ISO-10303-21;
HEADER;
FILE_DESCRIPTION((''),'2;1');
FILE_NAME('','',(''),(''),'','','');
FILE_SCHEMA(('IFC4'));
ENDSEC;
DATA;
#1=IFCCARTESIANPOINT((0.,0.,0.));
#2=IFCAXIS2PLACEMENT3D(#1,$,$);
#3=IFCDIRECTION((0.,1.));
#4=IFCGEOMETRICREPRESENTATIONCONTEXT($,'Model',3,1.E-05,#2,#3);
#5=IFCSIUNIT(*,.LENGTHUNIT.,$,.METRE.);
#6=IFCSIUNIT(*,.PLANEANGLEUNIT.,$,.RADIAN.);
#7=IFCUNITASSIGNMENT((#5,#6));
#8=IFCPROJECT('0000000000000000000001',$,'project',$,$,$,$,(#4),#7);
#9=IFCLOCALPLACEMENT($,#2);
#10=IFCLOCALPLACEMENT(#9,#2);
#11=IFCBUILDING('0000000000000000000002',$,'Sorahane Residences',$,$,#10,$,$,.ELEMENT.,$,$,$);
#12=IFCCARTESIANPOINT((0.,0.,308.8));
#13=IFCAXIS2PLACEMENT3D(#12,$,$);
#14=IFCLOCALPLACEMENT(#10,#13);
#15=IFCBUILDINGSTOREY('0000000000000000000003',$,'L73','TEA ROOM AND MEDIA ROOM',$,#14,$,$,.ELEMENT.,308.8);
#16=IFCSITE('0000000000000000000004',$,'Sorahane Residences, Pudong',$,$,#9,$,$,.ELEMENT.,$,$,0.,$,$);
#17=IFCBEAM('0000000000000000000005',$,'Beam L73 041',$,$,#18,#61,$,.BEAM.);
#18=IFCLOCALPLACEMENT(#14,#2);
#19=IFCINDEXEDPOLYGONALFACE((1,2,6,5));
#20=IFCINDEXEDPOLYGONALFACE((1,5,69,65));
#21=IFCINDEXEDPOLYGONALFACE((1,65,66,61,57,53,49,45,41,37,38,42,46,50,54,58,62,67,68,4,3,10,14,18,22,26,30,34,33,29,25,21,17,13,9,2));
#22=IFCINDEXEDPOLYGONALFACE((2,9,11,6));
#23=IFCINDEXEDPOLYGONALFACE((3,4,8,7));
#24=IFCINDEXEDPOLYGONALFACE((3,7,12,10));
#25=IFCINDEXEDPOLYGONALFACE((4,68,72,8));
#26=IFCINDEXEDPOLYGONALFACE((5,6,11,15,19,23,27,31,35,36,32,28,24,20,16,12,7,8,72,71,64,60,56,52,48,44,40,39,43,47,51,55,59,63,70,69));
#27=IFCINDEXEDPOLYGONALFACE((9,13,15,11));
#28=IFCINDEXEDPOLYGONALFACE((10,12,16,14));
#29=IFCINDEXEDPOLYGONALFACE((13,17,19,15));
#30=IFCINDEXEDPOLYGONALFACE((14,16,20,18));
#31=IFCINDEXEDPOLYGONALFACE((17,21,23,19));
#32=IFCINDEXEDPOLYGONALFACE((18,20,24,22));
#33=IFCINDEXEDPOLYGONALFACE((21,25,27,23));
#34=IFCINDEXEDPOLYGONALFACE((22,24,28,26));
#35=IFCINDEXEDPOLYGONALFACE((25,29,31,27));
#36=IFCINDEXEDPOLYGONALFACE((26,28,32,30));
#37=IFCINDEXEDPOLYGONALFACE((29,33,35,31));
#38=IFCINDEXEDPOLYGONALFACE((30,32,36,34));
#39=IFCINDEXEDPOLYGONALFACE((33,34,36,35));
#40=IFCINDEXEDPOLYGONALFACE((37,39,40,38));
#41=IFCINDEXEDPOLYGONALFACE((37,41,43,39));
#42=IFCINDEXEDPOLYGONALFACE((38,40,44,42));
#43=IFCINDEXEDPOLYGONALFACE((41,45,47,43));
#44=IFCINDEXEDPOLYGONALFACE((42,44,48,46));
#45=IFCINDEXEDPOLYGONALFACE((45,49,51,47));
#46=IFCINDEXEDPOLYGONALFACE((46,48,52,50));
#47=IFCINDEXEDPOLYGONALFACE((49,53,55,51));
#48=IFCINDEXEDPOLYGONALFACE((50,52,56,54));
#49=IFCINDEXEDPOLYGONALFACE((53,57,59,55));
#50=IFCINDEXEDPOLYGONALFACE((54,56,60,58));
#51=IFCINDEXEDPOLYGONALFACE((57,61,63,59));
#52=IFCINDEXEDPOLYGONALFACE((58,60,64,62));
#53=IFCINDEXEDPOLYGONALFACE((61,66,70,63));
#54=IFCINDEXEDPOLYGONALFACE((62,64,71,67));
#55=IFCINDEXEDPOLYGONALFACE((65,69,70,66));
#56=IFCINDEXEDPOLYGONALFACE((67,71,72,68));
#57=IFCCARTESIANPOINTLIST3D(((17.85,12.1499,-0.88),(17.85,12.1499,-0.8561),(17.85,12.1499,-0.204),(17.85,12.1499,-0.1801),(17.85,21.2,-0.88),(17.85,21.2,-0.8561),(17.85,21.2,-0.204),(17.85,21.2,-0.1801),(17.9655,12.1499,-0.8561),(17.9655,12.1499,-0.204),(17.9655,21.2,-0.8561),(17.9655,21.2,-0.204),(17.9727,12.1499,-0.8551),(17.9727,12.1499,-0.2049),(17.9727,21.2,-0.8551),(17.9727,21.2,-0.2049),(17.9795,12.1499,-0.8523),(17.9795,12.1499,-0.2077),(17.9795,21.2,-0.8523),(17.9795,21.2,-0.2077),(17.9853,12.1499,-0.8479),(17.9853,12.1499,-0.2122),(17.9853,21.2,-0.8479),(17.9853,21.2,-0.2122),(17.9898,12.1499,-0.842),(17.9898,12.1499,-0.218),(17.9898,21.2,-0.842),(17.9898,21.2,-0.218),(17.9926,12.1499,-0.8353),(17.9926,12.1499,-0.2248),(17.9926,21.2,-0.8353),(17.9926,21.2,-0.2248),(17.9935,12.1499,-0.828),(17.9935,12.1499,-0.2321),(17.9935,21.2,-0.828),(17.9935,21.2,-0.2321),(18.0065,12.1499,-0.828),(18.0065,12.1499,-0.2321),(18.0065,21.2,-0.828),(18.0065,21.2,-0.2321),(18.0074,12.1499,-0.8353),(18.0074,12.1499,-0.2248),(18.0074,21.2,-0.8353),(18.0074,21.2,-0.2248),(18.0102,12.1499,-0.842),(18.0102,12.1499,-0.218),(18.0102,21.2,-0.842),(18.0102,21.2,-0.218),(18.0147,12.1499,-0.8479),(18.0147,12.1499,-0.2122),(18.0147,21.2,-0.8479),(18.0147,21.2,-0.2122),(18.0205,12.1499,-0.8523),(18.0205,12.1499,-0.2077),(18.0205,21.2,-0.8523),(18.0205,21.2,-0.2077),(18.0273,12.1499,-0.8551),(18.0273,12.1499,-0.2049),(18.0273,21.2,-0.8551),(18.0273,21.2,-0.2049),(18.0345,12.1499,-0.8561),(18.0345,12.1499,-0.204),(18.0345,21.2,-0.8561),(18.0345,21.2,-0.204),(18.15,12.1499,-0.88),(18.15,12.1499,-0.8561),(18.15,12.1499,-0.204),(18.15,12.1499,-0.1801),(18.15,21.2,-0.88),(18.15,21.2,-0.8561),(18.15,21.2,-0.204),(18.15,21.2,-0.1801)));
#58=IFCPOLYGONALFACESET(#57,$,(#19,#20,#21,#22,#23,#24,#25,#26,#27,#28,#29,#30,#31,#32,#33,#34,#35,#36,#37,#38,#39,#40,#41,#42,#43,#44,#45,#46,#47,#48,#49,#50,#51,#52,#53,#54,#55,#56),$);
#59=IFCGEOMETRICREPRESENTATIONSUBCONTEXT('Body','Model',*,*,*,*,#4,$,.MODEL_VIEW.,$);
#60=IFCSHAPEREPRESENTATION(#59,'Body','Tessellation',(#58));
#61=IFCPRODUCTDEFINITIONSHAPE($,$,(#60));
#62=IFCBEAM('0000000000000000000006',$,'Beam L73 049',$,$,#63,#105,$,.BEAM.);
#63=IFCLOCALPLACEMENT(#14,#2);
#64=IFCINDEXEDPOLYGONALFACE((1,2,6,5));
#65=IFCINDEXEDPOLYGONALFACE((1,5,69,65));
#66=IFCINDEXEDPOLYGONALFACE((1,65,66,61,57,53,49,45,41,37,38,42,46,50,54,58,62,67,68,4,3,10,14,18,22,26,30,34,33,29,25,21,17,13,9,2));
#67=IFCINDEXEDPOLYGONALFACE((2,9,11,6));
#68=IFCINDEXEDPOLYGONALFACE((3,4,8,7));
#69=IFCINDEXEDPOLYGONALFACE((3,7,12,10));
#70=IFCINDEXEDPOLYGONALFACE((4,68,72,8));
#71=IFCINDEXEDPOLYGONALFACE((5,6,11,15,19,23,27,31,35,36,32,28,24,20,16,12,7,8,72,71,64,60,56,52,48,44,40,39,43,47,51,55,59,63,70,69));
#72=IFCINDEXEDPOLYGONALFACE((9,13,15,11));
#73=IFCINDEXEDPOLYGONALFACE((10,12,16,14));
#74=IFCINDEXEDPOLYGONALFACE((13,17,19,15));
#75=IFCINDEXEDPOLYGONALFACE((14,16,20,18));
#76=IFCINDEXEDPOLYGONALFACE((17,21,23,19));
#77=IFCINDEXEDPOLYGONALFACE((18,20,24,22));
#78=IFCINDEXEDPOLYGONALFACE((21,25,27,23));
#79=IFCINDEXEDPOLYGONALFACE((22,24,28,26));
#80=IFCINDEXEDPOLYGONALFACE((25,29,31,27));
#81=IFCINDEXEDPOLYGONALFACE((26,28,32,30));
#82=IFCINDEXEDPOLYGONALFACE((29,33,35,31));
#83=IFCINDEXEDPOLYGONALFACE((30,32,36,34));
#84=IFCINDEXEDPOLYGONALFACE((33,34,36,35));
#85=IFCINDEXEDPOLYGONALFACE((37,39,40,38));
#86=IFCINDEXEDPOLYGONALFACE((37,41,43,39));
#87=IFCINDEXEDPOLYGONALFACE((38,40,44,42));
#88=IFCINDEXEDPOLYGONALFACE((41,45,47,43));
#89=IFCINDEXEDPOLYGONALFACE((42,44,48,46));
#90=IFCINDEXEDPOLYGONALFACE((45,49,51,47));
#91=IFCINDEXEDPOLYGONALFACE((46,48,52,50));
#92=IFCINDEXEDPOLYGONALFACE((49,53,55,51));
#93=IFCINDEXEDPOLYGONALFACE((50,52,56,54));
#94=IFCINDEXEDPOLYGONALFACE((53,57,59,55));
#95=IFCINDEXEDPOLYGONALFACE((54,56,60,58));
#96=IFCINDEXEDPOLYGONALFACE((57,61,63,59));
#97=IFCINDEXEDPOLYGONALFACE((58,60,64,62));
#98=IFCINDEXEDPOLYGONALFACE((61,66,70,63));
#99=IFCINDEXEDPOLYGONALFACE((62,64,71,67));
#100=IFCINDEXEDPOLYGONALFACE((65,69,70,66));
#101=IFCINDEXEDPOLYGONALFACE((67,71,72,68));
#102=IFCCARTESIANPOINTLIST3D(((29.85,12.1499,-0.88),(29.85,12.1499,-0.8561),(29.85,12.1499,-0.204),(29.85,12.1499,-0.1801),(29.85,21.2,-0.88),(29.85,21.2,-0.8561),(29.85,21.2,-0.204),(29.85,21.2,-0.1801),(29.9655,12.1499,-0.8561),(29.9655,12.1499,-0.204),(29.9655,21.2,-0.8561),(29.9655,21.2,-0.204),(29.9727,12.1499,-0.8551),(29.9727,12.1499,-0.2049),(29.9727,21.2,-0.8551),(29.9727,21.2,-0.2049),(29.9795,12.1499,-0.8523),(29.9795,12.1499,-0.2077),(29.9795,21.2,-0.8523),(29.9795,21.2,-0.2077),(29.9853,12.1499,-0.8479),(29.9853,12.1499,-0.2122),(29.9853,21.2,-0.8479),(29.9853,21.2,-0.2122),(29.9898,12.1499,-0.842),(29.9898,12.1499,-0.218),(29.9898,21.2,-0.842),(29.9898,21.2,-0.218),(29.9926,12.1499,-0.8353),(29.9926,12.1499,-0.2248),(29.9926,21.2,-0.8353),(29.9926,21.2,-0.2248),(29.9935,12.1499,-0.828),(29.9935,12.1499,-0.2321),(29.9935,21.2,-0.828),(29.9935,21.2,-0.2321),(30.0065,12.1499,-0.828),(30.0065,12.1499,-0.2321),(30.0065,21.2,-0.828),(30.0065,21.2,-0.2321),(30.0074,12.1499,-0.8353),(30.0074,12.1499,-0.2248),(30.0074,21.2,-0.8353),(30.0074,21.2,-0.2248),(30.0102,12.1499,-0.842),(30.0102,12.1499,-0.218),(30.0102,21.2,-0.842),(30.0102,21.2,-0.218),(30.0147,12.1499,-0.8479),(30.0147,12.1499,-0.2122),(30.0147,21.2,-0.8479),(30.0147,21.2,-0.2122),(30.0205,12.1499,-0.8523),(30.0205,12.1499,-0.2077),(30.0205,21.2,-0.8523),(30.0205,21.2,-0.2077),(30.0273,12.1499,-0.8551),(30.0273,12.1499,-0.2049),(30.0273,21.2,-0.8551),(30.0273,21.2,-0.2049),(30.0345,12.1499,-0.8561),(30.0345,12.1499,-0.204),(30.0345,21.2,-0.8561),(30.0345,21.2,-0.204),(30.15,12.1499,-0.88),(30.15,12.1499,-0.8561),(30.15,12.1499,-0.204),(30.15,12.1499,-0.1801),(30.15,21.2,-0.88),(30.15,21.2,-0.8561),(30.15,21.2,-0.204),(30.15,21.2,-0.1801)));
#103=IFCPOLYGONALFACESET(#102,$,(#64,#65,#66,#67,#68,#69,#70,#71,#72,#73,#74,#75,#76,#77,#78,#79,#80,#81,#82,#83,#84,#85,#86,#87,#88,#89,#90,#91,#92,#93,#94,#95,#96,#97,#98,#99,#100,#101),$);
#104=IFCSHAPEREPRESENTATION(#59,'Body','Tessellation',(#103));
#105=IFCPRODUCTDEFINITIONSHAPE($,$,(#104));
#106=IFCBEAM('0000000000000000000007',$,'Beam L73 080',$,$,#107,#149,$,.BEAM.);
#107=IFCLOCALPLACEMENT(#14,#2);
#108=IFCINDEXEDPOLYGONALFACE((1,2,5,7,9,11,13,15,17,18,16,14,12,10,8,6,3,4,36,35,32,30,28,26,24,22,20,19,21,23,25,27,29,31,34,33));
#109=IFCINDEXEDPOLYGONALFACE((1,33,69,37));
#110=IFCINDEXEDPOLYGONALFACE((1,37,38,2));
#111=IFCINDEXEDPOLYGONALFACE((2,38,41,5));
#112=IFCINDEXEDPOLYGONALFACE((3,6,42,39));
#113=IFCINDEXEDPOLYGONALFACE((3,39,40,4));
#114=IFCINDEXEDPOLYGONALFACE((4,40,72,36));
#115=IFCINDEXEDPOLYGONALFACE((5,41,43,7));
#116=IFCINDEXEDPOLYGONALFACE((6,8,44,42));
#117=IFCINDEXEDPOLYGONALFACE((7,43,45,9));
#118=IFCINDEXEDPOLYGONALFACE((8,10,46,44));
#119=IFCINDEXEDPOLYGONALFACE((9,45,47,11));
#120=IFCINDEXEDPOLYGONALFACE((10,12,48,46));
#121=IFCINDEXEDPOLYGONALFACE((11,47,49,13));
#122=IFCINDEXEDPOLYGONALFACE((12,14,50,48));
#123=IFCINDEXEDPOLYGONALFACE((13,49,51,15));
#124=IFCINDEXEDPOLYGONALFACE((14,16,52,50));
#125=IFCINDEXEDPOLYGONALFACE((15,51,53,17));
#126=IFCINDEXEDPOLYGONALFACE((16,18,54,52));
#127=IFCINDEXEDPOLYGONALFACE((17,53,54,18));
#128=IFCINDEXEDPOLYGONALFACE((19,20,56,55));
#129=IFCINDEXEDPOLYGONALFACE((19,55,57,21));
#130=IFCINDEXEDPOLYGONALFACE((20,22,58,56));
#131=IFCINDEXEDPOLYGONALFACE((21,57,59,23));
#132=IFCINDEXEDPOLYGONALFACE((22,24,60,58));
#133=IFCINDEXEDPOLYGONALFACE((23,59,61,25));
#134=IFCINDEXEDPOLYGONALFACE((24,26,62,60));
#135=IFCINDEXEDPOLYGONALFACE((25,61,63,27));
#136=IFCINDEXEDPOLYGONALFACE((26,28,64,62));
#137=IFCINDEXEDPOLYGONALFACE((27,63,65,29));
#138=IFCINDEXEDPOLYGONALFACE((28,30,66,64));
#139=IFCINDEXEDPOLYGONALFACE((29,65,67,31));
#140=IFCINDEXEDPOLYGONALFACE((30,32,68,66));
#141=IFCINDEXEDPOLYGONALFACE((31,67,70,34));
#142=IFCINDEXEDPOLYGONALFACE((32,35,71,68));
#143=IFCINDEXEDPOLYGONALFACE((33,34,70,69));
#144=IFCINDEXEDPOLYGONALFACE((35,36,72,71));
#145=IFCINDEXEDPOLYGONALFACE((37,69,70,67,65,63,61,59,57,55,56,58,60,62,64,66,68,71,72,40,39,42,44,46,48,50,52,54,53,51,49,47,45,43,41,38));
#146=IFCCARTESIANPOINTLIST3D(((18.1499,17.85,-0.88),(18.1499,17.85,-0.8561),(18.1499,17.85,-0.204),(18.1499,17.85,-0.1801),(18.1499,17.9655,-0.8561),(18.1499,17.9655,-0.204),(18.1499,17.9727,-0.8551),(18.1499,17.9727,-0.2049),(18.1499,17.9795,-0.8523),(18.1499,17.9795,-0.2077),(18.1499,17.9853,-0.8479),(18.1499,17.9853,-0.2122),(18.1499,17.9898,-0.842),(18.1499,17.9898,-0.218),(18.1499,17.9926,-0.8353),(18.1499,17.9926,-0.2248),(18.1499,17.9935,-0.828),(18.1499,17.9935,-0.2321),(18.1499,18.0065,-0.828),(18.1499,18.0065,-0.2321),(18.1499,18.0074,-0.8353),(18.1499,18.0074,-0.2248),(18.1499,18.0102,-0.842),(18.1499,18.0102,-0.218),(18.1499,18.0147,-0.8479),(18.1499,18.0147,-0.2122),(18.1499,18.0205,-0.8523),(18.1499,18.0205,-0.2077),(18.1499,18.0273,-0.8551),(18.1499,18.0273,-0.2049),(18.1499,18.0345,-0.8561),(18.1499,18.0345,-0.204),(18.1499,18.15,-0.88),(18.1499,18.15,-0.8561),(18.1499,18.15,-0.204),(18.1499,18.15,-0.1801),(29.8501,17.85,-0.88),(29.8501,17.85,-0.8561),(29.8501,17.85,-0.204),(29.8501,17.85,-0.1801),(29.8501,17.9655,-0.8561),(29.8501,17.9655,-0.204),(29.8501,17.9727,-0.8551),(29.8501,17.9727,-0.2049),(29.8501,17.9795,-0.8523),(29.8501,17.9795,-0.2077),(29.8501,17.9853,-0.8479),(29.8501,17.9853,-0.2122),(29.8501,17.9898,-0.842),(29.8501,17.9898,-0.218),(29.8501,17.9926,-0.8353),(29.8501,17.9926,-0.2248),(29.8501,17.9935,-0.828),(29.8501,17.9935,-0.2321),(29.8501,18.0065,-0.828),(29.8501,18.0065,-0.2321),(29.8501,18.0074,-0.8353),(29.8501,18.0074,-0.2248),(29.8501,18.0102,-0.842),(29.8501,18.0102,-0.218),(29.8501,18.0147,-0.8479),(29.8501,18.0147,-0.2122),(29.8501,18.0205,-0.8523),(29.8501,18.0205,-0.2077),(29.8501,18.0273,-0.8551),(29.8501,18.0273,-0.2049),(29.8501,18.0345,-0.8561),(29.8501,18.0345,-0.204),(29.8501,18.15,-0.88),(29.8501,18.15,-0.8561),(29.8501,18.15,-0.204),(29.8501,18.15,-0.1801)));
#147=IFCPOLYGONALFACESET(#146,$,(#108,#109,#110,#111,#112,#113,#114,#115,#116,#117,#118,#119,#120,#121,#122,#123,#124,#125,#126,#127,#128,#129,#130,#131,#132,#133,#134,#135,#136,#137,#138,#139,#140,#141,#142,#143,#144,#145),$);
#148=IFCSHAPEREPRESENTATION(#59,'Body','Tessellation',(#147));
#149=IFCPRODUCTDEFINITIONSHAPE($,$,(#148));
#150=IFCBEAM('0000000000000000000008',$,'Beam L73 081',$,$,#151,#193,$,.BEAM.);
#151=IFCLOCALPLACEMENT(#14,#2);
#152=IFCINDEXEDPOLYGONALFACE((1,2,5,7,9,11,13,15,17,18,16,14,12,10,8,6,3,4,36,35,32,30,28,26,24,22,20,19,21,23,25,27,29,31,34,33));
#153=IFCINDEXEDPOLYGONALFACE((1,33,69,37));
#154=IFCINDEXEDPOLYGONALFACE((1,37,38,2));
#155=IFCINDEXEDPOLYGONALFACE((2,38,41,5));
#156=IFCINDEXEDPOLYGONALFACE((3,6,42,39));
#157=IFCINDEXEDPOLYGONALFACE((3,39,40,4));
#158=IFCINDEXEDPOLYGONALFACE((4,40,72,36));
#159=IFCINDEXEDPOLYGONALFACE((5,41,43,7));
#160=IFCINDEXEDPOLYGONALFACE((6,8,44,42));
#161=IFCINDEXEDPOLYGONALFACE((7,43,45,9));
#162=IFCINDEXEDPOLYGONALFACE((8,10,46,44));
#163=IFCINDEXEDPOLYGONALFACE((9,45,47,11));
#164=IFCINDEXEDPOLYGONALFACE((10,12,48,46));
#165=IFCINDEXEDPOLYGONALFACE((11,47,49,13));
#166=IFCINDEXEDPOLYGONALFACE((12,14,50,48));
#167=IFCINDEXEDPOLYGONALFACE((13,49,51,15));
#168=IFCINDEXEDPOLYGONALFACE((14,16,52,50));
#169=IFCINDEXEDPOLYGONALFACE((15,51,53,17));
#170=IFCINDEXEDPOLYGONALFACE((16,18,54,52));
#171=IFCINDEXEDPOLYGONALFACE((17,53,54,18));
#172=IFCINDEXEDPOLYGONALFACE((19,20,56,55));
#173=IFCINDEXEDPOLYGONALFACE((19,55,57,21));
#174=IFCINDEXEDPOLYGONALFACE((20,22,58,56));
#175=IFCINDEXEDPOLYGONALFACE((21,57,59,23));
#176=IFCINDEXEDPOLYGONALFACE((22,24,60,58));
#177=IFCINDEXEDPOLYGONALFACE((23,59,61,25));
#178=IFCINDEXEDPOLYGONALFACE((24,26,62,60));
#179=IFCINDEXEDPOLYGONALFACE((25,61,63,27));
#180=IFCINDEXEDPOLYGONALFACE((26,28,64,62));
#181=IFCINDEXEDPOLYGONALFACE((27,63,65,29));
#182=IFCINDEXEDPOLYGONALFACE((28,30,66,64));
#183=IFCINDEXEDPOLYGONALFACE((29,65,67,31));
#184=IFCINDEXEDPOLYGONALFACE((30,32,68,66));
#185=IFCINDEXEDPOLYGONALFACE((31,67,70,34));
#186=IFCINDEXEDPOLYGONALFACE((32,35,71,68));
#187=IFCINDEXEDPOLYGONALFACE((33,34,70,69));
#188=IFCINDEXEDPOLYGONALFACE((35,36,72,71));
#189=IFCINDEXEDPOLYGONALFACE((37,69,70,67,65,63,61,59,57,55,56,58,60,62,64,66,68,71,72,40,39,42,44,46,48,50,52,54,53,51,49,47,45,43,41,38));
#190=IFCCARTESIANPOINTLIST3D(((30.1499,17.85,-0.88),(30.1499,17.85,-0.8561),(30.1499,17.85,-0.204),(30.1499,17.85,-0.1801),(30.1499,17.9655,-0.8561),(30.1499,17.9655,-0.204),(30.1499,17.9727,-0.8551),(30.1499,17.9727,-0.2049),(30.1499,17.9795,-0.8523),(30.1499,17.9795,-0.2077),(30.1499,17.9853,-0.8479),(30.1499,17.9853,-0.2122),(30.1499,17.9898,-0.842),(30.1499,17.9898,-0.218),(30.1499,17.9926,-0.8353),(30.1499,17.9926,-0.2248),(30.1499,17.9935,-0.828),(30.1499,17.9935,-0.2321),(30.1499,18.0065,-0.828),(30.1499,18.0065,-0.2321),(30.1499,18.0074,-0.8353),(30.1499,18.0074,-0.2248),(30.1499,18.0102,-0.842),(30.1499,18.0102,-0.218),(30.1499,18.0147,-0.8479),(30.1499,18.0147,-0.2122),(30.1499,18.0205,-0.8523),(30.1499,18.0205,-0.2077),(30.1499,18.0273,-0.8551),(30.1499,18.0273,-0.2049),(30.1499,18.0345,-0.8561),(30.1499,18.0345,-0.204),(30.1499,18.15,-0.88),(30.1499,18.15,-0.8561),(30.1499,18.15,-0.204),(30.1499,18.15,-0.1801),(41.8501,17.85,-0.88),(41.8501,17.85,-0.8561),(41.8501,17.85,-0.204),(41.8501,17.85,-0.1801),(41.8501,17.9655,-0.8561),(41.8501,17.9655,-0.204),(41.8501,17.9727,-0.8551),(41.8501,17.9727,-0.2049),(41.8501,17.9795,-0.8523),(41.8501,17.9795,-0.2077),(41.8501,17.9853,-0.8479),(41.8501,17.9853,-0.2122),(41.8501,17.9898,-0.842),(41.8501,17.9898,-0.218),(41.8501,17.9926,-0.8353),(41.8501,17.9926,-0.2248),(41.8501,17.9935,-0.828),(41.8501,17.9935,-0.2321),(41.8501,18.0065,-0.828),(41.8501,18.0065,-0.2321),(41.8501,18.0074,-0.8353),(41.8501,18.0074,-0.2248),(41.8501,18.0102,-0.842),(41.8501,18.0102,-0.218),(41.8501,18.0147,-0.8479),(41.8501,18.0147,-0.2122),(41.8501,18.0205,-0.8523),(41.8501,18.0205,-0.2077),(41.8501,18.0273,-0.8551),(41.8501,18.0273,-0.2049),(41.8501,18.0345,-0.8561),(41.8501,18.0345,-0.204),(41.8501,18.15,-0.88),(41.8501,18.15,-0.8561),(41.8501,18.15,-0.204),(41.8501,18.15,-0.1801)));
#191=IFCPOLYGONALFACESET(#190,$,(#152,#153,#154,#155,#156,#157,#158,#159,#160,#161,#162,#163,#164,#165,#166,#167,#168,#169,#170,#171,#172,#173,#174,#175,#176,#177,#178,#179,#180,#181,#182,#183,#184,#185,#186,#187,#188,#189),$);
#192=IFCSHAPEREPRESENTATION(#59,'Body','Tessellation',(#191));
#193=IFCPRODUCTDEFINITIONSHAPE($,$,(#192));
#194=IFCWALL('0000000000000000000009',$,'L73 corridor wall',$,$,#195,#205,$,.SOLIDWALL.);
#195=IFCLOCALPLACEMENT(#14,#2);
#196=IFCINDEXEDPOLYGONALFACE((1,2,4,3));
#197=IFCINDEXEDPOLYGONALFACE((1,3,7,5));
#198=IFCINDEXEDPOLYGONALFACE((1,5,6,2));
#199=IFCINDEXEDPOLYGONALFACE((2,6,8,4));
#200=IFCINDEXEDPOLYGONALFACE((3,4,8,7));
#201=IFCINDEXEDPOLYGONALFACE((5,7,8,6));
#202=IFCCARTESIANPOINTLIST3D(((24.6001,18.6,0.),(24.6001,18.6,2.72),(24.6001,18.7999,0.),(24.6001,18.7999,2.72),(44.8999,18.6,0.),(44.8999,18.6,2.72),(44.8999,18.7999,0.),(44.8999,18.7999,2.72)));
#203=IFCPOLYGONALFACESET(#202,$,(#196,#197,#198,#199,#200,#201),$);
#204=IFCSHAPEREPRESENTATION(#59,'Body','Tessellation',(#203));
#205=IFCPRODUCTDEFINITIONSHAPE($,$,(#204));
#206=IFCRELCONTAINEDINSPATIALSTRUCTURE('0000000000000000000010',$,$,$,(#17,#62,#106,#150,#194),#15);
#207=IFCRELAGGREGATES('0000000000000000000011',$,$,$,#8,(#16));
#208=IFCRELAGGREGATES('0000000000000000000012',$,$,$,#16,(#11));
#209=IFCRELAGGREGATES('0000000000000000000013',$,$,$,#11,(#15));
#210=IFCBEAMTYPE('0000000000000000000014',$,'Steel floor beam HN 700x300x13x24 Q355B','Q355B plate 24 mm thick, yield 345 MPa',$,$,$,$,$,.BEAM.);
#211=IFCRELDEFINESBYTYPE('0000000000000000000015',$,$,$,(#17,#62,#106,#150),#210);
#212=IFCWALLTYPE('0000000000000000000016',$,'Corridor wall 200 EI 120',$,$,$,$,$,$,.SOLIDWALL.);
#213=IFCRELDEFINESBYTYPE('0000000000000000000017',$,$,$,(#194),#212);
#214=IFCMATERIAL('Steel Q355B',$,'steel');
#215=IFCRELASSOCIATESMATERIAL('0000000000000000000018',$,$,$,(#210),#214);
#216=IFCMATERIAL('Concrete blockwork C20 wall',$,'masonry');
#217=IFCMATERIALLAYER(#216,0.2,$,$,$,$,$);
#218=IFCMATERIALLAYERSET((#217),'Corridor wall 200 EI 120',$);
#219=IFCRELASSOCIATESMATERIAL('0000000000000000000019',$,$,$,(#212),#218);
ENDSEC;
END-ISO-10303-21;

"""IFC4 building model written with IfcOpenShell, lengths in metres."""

from ifc_helpers import new_model, si_unit, direction, frame, frame_2d, origin, origin_2d, place, context, subcontext, project, spatial, rectangle, i_section, extrude, material, layer, layer_set, material_profile, profile_set, type_object, element, save


model = new_model("IFC4")

# Units and contexts
model_context = context("Model", 3, precision=1e-05, world=origin(), true_north=direction((0.0, 1.0)))
body_context = subcontext(model_context, "Body", "Model", "MODEL_VIEW")
ifc_project = project(units=[si_unit("LENGTHUNIT", "METRE"), si_unit("PLANEANGLEUNIT", "RADIAN")], contexts=[model_context])

# Site, building, storey
site_placement = place(None, origin())
site = spatial("IfcSite", under=ifc_project, at=site_placement, Name="Sorahane Residences, Pudong", CompositionType="ELEMENT", RefElevation=0.0)
building_placement = place(site_placement, origin())
building = spatial("IfcBuilding", under=site, at=building_placement, Name="Sorahane Residences", CompositionType="ELEMENT")
storey_placement = place(building_placement, frame((0.0, 0.0, 308.8)))
storey = spatial("IfcBuildingStorey", under=building, at=storey_placement, Name="L73", Description="TEA ROOM AND MEDIA ROOM", CompositionType="ELEMENT", Elevation=308.8)

# Beams
ifc_material_1 = material(Name="Steel Q355B", Category="steel")
ifc_material_profile_1 = material_profile(ifc_material_1, i_section(OverallWidth=0.3, OverallDepth=0.7, WebThickness=0.0129, FlangeThickness=0.0239, FilletRadius=0.0281, at=origin_2d()), Name="HN 700x300x13x24")
ifc_profile_set_1 = profile_set([ifc_material_profile_1], Name="Steel Q355B")
beam_type_1 = type_object("IfcBeamType", Name="Steel floor beam HN 700x300x13x24 Q355B", Description="Q355B plate 24 mm thick, yield 345 MPa", PredefinedType="BEAM", material=ifc_profile_set_1)
for number, where, z_axis, x_axis, name in (
    (1, (18.0, 12.1499, -0.53), (0.0, 1.0, 0.0), (-1.0, 0.0, 0.0), "Beam L73 041"),
    (2, (30.0, 12.1499, -0.53), (0.0, 1.0, 0.0), (-1.0, 0.0, 0.0), "Beam L73 049"),
):
    element("IfcBeam", number, at=place(storey_placement, frame(where, z_axis=z_axis, x_axis=x_axis)), inside=storey, type_object=beam_type_1, Name=name, PredefinedType="BEAM", context=body_context, shape_type="SweptSolid", body=[
        extrude(i_section(OverallWidth=0.3, OverallDepth=0.7, WebThickness=0.0129, FlangeThickness=0.0239, FilletRadius=0.0281, at=origin_2d()), origin(), (0.0, 0.0, 1.0), 9.05),
    ])
for number, where, z_axis, x_axis, name in (
    (3, (18.1499, 18.0, -0.53), (1.0, 0.0, 0.0), (0.0, 1.0, 0.0), "Beam L73 080"),
    (4, (30.1499, 18.0, -0.53), (1.0, 0.0, 0.0), (0.0, 1.0, 0.0), "Beam L73 081"),
):
    element("IfcBeam", number, at=place(storey_placement, frame(where, z_axis=z_axis, x_axis=x_axis)), inside=storey, type_object=beam_type_1, Name=name, PredefinedType="BEAM", context=body_context, shape_type="SweptSolid", body=[
        extrude(i_section(OverallWidth=0.3, OverallDepth=0.7, WebThickness=0.0129, FlangeThickness=0.0239, FilletRadius=0.0281, at=origin_2d()), origin(), (0.0, 0.0, 1.0), 11.7002),
    ])

# Wall
ifc_material_2 = material(Name="Concrete blockwork C20 wall", Category="masonry")
ifc_layer_1 = layer(ifc_material_2, 0.2)
ifc_layer_set_1 = layer_set([ifc_layer_1], Name="Corridor wall 200 EI 120")
wall_type_1 = type_object("IfcWallType", Name="Corridor wall 200 EI 120", PredefinedType="SOLIDWALL", material=ifc_layer_set_1)
wall_1_placement = place(storey_placement, frame((24.6001, 18.7, 0.0), z_axis=(0.0, 0.0, 1.0), x_axis=(1.0, 0.0, 0.0)))
element("IfcWall", 5, at=wall_1_placement, inside=storey, type_object=wall_type_1, Name="L73 corridor wall", PredefinedType="SOLIDWALL", context=body_context, shape_type="SweptSolid", body=[
    extrude(rectangle(XDim=20.2998, YDim=0.2, at=frame_2d((10.1499, 0.0))), origin(), (0.0, 0.0, 1.0), 2.72),
])

save(model, "model.ifc")
